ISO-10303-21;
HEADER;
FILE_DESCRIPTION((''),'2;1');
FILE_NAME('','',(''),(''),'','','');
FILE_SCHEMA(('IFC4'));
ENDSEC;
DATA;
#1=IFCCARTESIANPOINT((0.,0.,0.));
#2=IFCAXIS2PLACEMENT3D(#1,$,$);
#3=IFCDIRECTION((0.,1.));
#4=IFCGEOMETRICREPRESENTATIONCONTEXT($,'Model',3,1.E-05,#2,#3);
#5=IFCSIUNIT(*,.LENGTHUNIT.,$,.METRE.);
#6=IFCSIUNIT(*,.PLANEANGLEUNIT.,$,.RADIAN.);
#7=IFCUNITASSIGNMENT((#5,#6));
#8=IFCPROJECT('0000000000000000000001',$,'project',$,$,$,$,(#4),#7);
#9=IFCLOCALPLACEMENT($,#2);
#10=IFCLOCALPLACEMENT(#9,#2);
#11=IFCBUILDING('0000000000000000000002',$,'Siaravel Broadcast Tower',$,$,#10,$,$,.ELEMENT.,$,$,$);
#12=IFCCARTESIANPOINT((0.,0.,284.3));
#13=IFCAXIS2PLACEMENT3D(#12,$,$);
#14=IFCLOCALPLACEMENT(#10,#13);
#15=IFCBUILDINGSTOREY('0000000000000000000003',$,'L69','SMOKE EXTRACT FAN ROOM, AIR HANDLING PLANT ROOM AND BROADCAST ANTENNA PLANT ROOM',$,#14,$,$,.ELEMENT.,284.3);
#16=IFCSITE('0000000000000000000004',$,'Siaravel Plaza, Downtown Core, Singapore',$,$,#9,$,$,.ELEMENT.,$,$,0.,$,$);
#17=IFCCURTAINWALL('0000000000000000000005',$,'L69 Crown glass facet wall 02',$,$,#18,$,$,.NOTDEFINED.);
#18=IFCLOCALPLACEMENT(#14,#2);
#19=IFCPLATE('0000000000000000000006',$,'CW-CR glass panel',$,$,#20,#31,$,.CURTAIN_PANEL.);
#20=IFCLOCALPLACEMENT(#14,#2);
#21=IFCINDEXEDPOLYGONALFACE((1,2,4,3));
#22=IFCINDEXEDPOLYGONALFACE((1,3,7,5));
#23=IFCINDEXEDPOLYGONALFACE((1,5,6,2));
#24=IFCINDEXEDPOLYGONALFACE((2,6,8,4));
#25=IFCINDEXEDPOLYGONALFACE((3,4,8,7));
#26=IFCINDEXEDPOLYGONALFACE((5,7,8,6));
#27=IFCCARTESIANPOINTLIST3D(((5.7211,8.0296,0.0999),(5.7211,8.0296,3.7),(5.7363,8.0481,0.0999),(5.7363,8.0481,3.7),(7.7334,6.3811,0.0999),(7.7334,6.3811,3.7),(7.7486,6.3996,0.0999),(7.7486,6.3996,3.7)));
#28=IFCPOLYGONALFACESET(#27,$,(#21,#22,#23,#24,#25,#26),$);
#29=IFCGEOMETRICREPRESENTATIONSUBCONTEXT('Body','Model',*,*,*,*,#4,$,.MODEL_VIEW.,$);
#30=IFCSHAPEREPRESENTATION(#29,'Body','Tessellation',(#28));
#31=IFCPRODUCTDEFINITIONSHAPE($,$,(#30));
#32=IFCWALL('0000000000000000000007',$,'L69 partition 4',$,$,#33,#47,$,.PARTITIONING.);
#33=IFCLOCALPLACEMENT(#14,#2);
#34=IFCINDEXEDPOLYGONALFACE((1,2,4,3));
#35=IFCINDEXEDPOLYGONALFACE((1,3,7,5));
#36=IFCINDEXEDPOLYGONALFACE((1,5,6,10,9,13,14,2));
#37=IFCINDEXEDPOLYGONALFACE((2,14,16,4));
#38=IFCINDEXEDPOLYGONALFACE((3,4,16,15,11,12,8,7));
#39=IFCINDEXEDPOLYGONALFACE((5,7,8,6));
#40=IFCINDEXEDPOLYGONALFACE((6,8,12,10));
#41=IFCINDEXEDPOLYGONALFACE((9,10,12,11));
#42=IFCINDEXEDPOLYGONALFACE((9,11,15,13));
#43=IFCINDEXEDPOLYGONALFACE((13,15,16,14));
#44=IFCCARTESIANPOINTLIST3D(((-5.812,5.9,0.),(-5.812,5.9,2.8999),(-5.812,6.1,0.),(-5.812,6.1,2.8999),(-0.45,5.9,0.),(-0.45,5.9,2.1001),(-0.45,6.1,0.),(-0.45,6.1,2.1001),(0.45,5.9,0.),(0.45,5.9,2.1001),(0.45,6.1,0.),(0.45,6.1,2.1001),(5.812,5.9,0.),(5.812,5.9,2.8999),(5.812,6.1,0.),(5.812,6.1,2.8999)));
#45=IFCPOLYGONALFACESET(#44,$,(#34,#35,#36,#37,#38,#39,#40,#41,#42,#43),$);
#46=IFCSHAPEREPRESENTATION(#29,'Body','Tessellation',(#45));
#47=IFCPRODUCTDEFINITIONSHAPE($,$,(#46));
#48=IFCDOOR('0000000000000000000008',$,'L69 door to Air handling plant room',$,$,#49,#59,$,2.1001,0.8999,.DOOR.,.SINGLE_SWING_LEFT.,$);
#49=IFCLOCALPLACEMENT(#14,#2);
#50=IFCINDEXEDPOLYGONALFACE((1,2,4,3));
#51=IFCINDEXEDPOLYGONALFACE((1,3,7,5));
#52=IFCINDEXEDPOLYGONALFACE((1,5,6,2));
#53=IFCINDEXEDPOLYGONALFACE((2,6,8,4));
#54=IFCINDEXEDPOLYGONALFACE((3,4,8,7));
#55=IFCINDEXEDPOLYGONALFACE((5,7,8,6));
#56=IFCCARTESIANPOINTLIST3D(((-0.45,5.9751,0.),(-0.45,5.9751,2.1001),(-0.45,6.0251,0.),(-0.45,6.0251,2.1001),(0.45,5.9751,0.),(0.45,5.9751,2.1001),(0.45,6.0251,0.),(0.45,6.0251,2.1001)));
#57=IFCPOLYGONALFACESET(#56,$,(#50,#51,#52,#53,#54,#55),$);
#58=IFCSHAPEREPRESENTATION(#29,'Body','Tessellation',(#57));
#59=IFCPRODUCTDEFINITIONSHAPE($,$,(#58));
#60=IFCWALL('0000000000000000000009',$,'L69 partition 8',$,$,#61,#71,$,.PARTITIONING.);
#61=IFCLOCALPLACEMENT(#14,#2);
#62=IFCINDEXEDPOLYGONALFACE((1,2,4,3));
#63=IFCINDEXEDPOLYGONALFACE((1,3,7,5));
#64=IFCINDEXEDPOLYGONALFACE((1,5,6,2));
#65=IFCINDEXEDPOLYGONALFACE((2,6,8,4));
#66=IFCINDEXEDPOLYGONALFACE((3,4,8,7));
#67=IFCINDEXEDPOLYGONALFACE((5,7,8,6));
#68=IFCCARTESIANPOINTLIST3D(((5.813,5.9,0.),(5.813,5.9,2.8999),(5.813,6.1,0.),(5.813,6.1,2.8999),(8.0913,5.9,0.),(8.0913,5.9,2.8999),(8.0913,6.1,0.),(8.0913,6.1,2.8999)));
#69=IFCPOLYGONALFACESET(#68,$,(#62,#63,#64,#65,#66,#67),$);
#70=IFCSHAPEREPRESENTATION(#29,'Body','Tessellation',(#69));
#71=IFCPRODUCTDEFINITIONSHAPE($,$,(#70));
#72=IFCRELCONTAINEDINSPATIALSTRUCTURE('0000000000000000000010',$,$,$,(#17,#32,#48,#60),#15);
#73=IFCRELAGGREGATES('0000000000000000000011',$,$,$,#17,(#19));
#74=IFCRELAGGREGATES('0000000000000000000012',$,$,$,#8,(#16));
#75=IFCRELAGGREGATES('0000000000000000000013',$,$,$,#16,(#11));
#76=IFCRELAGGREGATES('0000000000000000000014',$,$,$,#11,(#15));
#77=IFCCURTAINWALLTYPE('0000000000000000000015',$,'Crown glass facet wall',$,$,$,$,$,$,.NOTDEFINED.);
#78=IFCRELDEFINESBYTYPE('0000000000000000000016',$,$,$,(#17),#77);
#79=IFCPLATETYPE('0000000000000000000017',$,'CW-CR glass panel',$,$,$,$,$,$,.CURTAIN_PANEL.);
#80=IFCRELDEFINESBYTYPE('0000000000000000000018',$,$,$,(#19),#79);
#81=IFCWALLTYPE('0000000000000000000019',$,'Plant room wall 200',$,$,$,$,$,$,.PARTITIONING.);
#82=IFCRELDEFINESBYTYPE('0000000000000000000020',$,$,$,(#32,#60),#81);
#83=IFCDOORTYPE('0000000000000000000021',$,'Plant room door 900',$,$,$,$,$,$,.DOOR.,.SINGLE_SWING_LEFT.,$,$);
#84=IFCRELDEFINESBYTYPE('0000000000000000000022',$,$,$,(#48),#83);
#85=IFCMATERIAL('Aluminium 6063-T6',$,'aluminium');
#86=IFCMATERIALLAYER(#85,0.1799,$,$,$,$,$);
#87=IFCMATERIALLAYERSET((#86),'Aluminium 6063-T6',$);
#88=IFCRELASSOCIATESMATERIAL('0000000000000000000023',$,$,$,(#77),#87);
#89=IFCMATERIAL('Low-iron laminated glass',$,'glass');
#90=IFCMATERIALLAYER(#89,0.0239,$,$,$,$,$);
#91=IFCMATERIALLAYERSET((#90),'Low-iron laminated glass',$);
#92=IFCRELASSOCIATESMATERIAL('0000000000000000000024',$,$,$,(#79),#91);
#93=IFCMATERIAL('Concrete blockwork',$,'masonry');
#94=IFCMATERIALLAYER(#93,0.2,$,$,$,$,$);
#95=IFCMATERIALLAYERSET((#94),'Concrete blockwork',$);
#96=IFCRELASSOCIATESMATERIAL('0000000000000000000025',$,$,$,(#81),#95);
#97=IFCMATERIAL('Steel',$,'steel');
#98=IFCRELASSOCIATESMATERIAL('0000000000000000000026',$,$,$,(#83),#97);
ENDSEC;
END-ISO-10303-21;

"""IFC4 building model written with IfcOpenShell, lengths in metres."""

from ifc_helpers import new_model, si_unit, direction, frame, frame_2d, origin, origin_2d, place, context, subcontext, project, spatial, rectangle, extrude, material, layer, layer_set, type_object, element, fill, aggregate, save


model = new_model("IFC4")

# Units and contexts
model_context = context("Model", 3, precision=1e-05, world=origin(), true_north=direction((0.0, 1.0)))
body_context = subcontext(model_context, "Body", "Model", "MODEL_VIEW")
ifc_project = project(units=[si_unit("LENGTHUNIT", "METRE"), si_unit("PLANEANGLEUNIT", "RADIAN")], contexts=[model_context])

# Site, building, storey
site_placement = place(None, origin())
site = spatial("IfcSite", under=ifc_project, at=site_placement, Name="Siaravel Plaza, Downtown Core, Singapore", CompositionType="ELEMENT", RefElevation=0.0)
building_placement = place(site_placement, origin())
building = spatial("IfcBuilding", under=site, at=building_placement, Name="Siaravel Broadcast Tower", CompositionType="ELEMENT")
storey_placement = place(building_placement, frame((0.0, 0.0, 284.3)))
storey = spatial("IfcBuildingStorey", under=building, at=storey_placement, Name="L69", Description="SMOKE EXTRACT FAN ROOM, AIR HANDLING PLANT ROOM AND BROADCAST ANTENNA PLANT ROOM", CompositionType="ELEMENT", Elevation=284.3)

# Curtain wall
ifc_material_1 = material(Name="Aluminium 6063-T6", Category="aluminium")
ifc_layer_1 = layer(ifc_material_1, 0.1799)
ifc_layer_set_1 = layer_set([ifc_layer_1], Name="Aluminium 6063-T6")
curtain_wall_type = type_object("IfcCurtainWallType", Name="Crown glass facet wall", PredefinedType="NOTDEFINED", material=ifc_layer_set_1)
curtain_wall_1_placement = place(storey_placement, origin())
curtain_wall_1 = element("IfcCurtainWall", 1, at=curtain_wall_1_placement, inside=storey, type_object=curtain_wall_type, Name="L69 Crown glass facet wall 02", PredefinedType="NOTDEFINED")

# Plate
ifc_material_2 = material(Name="Low-iron laminated glass", Category="glass")
ifc_layer_2 = layer(ifc_material_2, 0.0239)
ifc_layer_set_2 = layer_set([ifc_layer_2], Name="Low-iron laminated glass")
plate_type = type_object("IfcPlateType", Name="CW-CR glass panel", PredefinedType="CURTAIN_PANEL", material=ifc_layer_set_2)
plate_1_placement = place(storey_placement, frame((6.7349, 7.2146, 0.0999), z_axis=(0.0, 0.0, 1.0), x_axis=(-0.773564, 0.633718, 0.0)))
plate_1 = element("IfcPlate", 2, at=plate_1_placement, type_object=plate_type, Name="CW-CR glass panel", PredefinedType="CURTAIN_PANEL", context=body_context, shape_type="SweptSolid", body=[
    extrude(rectangle(XDim=2.6013, YDim=0.0239, at=origin_2d()), origin(), (0.0, 0.0, 1.0), 3.6001),
])
aggregate(curtain_wall_1, [plate_1])

# Wall, opening, door
ifc_material_3 = material(Name="Concrete blockwork", Category="masonry")
ifc_layer_3 = layer(ifc_material_3, 0.2)
ifc_layer_set_3 = layer_set([ifc_layer_3], Name="Concrete blockwork")
wall_type = type_object("IfcWallType", Name="Plant room wall 200", PredefinedType="PARTITIONING", material=ifc_layer_set_3)
wall_1_placement = place(storey_placement, frame((5.812, 6.0, 0.0), z_axis=(0.0, 0.0, 1.0), x_axis=(-1.0, 0.0, 0.0)))
wall_1 = element("IfcWall", 3, at=wall_1_placement, inside=storey, type_object=wall_type, Name="L69 partition 4", PredefinedType="PARTITIONING", context=body_context, shape_type="SweptSolid", body=[
    extrude(rectangle(XDim=11.624, YDim=0.2, at=frame_2d((5.812, 0.0))), origin(), (0.0, 0.0, 1.0), 2.8999),
])
opening_placement = place(wall_1_placement, frame((5.3621, 0.0, 0.0)))
opening = element("IfcOpeningElement", 4, at=opening_placement, cuts=wall_1, PredefinedType="OPENING", context=body_context, shape_type="SweptSolid", body=[
    extrude(rectangle(XDim=0.8999, YDim=2.1001, at=frame_2d((0.45, 1.05))), frame((0.0, 0.1099, 0.0), z_axis=(0.0, -1.0, 0.0), x_axis=(1.0, 0.0, 0.0)), (0.0, 0.0, 1.0), 0.22),
])
ifc_material_4 = material(Name="Steel", Category="steel")
door_type = type_object("IfcDoorType", Name="Plant room door 900", OperationType="SINGLE_SWING_LEFT", PredefinedType="DOOR", material=ifc_material_4)
door_placement = place(opening_placement, origin())
door = element("IfcDoor", 5, at=door_placement, inside=storey, type_object=door_type, Name="L69 door to Air handling plant room", OperationType="SINGLE_SWING_LEFT", OverallHeight=2.1001, OverallWidth=0.8999, PredefinedType="DOOR", context=body_context, shape_type="SweptSolid", body=[
    extrude(rectangle(XDim=0.8999, YDim=2.1001, at=frame_2d((0.45, 1.05))), frame((0.0, 0.0249, 0.0), z_axis=(0.0, -1.0, 0.0), x_axis=(1.0, 0.0, 0.0)), (0.0, 0.0, 1.0), 0.05),
])
fill(opening, door)

# Wall
wall_2_placement = place(storey_placement, frame((8.0913, 6.0, 0.0), z_axis=(0.0, 0.0, 1.0), x_axis=(-1.0, 0.0, 0.0)))
element("IfcWall", 6, at=wall_2_placement, inside=storey, type_object=wall_type, Name="L69 partition 8", PredefinedType="PARTITIONING", context=body_context, shape_type="SweptSolid", body=[
    extrude(rectangle(XDim=2.2783, YDim=0.2, at=frame_2d((1.1392, 0.0))), origin(), (0.0, 0.0, 1.0), 2.8999),
])

save(model, "model.ifc")
